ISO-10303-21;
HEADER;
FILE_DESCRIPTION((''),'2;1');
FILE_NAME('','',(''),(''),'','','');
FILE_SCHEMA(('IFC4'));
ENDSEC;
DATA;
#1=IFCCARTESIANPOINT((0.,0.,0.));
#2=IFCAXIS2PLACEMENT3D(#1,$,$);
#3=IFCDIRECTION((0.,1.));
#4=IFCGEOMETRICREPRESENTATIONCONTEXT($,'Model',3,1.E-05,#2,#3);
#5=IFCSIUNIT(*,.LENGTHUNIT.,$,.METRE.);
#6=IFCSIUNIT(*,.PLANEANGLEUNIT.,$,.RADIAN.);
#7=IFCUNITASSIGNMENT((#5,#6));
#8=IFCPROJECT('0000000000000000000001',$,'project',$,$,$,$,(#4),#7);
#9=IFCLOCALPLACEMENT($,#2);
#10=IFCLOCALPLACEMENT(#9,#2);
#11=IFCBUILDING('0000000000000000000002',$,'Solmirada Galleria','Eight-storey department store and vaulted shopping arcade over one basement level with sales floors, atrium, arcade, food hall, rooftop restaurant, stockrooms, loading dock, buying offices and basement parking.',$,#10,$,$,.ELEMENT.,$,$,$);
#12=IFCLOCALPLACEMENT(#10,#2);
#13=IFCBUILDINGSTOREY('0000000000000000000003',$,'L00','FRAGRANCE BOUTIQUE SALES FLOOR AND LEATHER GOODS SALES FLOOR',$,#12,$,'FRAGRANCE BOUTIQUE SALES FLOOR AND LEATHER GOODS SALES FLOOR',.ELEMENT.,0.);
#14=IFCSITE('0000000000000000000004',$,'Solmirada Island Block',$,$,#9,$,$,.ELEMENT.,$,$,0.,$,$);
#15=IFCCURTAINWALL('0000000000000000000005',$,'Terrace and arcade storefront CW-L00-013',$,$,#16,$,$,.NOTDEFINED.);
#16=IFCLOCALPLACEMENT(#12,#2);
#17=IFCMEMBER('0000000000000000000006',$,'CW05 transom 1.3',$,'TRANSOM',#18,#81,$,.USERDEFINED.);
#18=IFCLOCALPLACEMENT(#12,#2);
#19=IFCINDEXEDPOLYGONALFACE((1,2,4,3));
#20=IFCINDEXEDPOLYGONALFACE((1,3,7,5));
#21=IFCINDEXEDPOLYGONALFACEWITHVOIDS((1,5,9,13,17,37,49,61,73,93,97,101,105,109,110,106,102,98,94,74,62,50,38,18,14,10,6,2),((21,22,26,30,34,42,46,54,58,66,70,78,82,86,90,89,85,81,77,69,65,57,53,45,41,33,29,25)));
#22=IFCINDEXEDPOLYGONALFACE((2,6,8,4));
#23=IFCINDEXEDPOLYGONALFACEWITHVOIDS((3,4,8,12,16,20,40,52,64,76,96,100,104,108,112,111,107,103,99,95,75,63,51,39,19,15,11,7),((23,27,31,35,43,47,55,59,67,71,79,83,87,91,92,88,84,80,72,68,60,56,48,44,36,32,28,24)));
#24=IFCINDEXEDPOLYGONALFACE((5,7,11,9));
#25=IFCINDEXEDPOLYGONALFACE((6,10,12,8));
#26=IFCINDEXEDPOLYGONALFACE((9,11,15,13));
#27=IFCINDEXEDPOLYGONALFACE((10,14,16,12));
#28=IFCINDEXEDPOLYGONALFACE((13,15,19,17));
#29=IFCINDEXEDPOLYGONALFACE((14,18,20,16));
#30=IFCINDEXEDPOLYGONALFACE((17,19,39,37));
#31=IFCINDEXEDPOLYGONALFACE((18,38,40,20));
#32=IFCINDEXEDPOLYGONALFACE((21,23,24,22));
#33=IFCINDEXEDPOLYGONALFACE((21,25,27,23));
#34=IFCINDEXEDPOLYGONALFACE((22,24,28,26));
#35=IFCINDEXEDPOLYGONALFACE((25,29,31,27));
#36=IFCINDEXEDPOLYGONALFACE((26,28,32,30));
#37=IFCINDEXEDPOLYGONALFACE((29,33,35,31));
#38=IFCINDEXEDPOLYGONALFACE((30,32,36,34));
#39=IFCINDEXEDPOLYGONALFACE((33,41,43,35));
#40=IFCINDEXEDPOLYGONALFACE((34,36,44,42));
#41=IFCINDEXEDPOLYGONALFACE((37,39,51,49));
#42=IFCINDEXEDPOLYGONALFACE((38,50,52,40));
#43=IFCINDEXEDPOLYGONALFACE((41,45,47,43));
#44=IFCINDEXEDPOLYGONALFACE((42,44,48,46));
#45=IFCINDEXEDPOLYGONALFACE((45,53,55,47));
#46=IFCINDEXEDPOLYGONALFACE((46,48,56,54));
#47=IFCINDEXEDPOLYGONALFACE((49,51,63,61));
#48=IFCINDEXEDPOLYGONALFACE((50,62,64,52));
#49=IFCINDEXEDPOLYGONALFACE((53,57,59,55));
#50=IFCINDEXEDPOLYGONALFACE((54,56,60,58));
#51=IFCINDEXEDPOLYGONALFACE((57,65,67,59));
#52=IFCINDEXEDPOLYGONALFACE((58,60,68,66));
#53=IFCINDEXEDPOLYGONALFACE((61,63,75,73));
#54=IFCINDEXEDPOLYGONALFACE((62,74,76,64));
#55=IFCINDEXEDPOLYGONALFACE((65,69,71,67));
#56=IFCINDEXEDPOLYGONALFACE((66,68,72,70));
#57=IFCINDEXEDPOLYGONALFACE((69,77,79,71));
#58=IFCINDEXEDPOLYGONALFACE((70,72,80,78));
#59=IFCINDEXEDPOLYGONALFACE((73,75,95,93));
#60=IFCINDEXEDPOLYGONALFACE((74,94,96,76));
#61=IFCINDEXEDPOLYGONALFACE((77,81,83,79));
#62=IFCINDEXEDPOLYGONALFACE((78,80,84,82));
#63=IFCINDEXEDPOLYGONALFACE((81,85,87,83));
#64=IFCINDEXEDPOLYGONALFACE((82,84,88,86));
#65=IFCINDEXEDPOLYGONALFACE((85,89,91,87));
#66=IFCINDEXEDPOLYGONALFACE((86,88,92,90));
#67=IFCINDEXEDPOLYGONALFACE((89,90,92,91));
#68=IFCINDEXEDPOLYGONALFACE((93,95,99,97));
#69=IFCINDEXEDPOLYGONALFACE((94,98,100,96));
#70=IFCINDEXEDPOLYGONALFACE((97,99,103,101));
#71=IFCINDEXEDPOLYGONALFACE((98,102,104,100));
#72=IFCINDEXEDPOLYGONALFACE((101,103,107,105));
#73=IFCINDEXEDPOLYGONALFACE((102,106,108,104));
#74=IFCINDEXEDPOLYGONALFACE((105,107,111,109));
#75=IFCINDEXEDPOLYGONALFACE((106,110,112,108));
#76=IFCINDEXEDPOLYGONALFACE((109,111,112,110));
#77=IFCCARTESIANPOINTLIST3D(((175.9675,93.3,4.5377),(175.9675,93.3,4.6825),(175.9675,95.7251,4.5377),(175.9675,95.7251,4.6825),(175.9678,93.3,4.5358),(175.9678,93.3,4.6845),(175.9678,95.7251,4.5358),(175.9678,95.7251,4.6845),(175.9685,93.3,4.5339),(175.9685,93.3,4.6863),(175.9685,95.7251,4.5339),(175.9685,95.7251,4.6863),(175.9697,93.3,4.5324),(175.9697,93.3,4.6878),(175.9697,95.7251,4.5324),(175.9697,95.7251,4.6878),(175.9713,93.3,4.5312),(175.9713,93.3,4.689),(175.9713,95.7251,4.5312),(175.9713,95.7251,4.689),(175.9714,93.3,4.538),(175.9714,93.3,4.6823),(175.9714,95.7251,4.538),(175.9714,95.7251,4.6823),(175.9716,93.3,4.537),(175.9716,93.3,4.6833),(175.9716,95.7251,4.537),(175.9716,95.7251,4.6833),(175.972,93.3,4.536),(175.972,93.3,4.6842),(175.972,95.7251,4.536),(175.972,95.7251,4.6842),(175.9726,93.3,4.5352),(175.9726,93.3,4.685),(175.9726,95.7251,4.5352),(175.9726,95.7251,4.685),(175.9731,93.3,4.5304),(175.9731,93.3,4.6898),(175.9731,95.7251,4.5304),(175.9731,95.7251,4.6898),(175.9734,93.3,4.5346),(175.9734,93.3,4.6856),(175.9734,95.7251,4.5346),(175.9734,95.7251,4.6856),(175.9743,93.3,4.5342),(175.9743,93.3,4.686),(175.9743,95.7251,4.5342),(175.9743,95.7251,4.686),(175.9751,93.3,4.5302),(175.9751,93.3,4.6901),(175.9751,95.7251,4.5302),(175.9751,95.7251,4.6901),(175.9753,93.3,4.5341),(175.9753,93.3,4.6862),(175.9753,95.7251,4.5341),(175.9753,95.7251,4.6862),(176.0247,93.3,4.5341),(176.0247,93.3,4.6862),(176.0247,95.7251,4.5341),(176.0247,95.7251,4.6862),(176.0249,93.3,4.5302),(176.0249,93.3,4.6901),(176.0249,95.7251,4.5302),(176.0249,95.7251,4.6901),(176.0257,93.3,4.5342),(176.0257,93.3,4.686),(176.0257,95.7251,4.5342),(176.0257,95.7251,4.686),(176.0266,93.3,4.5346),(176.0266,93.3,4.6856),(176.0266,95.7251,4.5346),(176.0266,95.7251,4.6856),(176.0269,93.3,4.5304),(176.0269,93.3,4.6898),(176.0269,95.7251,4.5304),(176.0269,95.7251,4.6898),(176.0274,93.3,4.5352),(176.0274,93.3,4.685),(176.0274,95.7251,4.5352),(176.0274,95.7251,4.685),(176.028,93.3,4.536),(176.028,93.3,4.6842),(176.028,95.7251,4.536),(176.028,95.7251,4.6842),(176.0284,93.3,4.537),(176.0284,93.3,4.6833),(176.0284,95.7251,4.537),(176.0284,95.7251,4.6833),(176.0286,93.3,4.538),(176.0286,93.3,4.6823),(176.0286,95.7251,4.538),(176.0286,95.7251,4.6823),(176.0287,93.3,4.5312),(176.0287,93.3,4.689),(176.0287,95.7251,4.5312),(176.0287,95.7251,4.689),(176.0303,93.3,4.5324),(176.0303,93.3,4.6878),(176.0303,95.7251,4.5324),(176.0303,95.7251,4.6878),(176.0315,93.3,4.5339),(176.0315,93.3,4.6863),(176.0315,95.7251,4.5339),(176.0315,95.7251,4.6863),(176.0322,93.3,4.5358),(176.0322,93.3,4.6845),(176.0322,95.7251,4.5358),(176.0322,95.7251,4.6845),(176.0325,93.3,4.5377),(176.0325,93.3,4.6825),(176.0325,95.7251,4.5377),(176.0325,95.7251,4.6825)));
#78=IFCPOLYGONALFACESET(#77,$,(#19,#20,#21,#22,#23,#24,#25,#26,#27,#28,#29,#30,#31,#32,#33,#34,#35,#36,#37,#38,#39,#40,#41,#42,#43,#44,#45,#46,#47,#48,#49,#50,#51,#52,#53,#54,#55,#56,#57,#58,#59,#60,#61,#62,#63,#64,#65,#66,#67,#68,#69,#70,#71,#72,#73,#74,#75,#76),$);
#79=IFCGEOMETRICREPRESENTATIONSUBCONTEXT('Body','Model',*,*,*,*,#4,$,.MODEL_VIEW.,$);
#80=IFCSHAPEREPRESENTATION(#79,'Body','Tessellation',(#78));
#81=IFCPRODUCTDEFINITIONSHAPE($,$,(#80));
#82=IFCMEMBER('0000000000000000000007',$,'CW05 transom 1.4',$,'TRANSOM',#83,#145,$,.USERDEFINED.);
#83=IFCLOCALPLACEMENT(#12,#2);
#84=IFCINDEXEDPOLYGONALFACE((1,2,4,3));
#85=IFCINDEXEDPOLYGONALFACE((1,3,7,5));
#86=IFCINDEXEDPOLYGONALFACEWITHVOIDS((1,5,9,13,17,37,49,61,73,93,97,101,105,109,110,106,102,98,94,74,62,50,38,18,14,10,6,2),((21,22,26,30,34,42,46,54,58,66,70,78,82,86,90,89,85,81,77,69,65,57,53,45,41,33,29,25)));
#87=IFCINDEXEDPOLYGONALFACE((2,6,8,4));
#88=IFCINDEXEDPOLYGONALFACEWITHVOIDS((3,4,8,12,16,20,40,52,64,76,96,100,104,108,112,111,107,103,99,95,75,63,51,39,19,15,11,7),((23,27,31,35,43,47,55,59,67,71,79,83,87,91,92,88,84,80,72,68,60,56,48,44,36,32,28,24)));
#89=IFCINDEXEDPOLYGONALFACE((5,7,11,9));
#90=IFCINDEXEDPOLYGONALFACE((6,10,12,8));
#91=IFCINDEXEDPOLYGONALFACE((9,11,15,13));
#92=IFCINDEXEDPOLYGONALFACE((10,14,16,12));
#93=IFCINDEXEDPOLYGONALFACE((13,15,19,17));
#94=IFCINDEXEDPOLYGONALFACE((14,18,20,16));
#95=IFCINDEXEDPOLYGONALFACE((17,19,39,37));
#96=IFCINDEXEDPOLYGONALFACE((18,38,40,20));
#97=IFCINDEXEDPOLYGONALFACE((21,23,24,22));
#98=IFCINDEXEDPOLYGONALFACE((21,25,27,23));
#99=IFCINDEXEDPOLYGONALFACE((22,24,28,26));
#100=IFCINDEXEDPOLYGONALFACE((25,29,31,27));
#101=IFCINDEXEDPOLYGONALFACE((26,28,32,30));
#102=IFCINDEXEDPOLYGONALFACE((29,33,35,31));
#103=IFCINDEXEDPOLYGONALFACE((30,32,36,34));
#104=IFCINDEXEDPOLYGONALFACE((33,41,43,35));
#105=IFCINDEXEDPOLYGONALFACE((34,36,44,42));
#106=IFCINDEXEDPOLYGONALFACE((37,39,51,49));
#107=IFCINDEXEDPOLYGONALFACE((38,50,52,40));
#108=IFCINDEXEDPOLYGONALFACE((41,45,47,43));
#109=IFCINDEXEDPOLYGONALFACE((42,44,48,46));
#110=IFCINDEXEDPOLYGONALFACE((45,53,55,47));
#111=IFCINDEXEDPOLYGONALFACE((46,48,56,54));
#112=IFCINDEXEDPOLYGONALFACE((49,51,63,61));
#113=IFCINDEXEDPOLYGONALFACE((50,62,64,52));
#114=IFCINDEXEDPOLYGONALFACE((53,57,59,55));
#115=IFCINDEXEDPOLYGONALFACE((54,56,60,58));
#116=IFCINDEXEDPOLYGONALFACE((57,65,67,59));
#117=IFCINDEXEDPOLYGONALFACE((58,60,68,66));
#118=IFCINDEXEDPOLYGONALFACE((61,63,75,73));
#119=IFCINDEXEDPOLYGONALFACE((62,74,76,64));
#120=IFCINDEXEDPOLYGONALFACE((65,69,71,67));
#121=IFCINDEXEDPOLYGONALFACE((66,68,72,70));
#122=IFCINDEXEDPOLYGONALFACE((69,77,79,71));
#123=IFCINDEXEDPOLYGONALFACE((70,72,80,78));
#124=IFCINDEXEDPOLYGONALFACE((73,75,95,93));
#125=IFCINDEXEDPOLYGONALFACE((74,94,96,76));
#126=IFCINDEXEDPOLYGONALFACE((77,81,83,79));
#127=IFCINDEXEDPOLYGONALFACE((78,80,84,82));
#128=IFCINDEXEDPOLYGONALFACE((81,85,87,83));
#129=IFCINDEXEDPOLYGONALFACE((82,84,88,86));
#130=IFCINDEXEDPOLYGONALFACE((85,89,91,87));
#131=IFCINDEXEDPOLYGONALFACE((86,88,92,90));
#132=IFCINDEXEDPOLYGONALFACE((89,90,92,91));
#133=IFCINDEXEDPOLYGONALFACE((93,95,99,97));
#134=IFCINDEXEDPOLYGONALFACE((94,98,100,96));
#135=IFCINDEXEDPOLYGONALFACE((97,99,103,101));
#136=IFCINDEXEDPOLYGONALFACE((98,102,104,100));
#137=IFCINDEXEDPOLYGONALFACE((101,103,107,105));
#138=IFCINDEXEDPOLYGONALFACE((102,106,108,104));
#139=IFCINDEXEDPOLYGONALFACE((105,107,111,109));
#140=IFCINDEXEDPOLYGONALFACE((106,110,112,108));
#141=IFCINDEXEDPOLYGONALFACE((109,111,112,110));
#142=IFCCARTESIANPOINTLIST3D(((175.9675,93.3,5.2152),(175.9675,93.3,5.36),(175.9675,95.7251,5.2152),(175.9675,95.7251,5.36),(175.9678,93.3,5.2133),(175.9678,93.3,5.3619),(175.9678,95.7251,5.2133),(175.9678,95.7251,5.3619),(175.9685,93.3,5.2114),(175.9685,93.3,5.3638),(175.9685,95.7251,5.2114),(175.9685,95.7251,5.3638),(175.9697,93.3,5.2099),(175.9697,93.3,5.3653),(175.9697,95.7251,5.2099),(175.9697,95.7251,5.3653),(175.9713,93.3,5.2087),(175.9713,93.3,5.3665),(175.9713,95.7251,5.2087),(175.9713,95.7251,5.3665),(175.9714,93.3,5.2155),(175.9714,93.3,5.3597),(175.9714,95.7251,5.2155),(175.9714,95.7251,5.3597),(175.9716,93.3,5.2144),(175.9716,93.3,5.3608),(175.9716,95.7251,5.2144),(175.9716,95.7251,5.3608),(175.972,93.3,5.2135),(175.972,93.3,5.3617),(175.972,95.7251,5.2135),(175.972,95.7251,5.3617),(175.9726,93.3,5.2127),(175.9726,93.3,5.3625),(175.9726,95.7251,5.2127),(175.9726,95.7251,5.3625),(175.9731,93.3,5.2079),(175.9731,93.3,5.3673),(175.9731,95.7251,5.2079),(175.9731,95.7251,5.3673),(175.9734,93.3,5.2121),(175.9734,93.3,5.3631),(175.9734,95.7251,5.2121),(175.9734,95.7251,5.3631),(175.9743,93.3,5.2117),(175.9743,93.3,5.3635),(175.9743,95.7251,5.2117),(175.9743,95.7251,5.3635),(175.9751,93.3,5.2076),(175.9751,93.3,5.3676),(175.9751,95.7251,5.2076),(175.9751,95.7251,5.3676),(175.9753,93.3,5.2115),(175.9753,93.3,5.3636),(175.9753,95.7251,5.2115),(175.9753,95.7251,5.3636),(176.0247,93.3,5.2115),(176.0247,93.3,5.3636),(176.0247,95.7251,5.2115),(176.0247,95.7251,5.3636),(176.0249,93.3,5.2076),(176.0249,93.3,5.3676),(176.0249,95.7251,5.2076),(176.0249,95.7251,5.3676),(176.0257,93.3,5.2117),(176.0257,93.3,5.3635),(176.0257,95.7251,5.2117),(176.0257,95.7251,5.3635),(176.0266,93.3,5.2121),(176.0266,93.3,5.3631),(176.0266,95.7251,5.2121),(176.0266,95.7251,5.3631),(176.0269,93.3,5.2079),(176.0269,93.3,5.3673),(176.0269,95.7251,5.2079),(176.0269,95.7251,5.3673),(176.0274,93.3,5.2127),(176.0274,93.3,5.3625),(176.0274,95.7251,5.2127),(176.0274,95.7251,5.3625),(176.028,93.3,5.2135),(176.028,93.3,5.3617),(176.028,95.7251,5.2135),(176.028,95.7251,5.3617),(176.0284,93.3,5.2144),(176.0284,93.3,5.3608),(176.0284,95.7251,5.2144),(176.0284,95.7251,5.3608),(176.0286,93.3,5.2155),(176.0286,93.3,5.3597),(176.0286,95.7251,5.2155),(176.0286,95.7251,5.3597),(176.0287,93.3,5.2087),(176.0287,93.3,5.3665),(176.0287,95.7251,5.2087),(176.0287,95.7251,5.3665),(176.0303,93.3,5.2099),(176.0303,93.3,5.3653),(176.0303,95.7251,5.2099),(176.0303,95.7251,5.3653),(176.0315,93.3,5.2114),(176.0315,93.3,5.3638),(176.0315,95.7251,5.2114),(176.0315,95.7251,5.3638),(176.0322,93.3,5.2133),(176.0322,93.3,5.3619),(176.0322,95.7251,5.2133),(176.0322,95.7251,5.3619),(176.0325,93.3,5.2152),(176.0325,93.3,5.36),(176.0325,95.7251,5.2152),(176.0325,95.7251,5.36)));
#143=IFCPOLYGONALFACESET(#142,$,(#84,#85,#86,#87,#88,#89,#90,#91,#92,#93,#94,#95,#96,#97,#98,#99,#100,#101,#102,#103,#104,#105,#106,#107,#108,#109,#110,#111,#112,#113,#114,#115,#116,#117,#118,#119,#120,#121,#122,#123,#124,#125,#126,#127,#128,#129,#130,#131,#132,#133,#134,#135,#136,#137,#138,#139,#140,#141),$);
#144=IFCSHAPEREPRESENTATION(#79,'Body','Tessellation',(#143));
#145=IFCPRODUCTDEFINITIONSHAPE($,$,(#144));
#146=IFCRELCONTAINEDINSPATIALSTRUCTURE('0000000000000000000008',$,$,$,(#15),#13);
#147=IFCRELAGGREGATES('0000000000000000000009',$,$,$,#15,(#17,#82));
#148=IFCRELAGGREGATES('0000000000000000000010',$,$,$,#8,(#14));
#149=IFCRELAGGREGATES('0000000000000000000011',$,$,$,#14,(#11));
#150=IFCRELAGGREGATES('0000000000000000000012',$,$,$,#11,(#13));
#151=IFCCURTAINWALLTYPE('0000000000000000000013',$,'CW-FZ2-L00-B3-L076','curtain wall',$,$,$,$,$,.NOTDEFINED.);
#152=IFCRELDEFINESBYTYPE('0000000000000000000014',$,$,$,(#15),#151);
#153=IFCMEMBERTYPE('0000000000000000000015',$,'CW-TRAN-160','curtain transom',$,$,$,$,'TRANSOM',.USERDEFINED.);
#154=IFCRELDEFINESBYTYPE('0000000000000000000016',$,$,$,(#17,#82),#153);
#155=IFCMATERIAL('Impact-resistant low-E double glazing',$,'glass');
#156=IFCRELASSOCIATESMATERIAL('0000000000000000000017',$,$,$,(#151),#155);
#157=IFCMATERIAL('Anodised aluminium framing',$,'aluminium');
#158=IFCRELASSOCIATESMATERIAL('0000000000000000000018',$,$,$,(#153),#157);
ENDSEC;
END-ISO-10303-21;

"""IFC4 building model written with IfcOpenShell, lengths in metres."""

from ifc_helpers import new_model, si_unit, direction, frame, origin, origin_2d, place, context, subcontext, project, spatial, hollow_rectangle, extrude, material, material_profile, profile_set, type_object, element, aggregate, save


model = new_model("IFC4")

# Units and contexts
model_context = context("Model", 3, precision=1e-05, world=origin(), true_north=direction((0.0, 1.0)))
body_context = subcontext(model_context, "Body", "Model", "MODEL_VIEW")
ifc_project = project(units=[si_unit("LENGTHUNIT", "METRE"), si_unit("PLANEANGLEUNIT", "RADIAN")], contexts=[model_context])

# Site, building, storey
site_placement = place(None, origin())
site = spatial("IfcSite", under=ifc_project, at=site_placement, Name="Solmirada Island Block", CompositionType="ELEMENT", RefElevation=0.0)
building_placement = place(site_placement, origin())
building = spatial("IfcBuilding", under=site, at=building_placement, Name="Solmirada Galleria", Description="Eight-storey department store and vaulted shopping arcade over one basement level with sales floors, atrium, arcade, food hall, rooftop restaurant, stockrooms, loading dock, buying offices and basement parking.", CompositionType="ELEMENT")
storey_placement = place(building_placement, origin())
storey = spatial("IfcBuildingStorey", under=building, at=storey_placement, Name="L00", Description="FRAGRANCE BOUTIQUE SALES FLOOR AND LEATHER GOODS SALES FLOOR", LongName="FRAGRANCE BOUTIQUE SALES FLOOR AND LEATHER GOODS SALES FLOOR", CompositionType="ELEMENT", Elevation=0.0)

# Curtain wall, members
ifc_material_1 = material(Name="Impact-resistant low-E double glazing", Category="glass")
curtain_wall_type = type_object("IfcCurtainWallType", Name="CW-FZ2-L00-B3-L076", Description="curtain wall", PredefinedType="NOTDEFINED", material=ifc_material_1)
curtain_wall_placement = place(storey_placement, origin())
curtain_wall = element("IfcCurtainWall", 1, at=curtain_wall_placement, inside=storey, type_object=curtain_wall_type, Name="Terrace and arcade storefront CW-L00-013", PredefinedType="NOTDEFINED")
ifc_material_2 = material(Name="Anodised aluminium framing", Category="aluminium")
ifc_material_profile_1 = material_profile(ifc_material_2, hollow_rectangle(XDim=0.0649, YDim=0.1599, WallThickness=0.0039, InnerFilletRadius=0.0039, OuterFilletRadius=0.0076, at=origin_2d()), Name="ALU-TRAN-160X65")
ifc_profile_set_1 = profile_set([ifc_material_profile_1], Name="Anodised aluminium framing")
member_type_1 = type_object("IfcMemberType", Name="CW-TRAN-160", Description="curtain transom", ElementType="TRANSOM", PredefinedType="USERDEFINED", material=ifc_profile_set_1)
member_1_placement = place(storey_placement, frame((176.0, 95.7251, 4.6101), z_axis=(0.0, -1.0, 0.0), x_axis=(1.0, 0.0, 0.0)))
member_1 = element("IfcMember", 2, at=member_1_placement, type_object=member_type_1, Name="CW05 transom 1.3", ObjectType="TRANSOM", PredefinedType="USERDEFINED", context=body_context, shape_type="SweptSolid", body=[
    extrude(hollow_rectangle(XDim=0.0649, YDim=0.1599, WallThickness=0.0039, InnerFilletRadius=0.0039, OuterFilletRadius=0.0076, at=origin_2d()), origin(), (0.0, 0.0, 1.0), 2.425),
])
member_2_placement = place(storey_placement, frame((176.0, 95.7251, 5.2876), z_axis=(0.0, -1.0, 0.0), x_axis=(1.0, 0.0, 0.0)))
member_2 = element("IfcMember", 3, at=member_2_placement, type_object=member_type_1, Name="CW05 transom 1.4", ObjectType="TRANSOM", PredefinedType="USERDEFINED", context=body_context, shape_type="SweptSolid", body=[
    extrude(hollow_rectangle(XDim=0.0649, YDim=0.1599, WallThickness=0.0039, InnerFilletRadius=0.0039, OuterFilletRadius=0.0076, at=origin_2d()), origin(), (0.0, 0.0, 1.0), 2.425),
])
aggregate(curtain_wall, [member_1, member_2])

save(model, "model.ifc")
